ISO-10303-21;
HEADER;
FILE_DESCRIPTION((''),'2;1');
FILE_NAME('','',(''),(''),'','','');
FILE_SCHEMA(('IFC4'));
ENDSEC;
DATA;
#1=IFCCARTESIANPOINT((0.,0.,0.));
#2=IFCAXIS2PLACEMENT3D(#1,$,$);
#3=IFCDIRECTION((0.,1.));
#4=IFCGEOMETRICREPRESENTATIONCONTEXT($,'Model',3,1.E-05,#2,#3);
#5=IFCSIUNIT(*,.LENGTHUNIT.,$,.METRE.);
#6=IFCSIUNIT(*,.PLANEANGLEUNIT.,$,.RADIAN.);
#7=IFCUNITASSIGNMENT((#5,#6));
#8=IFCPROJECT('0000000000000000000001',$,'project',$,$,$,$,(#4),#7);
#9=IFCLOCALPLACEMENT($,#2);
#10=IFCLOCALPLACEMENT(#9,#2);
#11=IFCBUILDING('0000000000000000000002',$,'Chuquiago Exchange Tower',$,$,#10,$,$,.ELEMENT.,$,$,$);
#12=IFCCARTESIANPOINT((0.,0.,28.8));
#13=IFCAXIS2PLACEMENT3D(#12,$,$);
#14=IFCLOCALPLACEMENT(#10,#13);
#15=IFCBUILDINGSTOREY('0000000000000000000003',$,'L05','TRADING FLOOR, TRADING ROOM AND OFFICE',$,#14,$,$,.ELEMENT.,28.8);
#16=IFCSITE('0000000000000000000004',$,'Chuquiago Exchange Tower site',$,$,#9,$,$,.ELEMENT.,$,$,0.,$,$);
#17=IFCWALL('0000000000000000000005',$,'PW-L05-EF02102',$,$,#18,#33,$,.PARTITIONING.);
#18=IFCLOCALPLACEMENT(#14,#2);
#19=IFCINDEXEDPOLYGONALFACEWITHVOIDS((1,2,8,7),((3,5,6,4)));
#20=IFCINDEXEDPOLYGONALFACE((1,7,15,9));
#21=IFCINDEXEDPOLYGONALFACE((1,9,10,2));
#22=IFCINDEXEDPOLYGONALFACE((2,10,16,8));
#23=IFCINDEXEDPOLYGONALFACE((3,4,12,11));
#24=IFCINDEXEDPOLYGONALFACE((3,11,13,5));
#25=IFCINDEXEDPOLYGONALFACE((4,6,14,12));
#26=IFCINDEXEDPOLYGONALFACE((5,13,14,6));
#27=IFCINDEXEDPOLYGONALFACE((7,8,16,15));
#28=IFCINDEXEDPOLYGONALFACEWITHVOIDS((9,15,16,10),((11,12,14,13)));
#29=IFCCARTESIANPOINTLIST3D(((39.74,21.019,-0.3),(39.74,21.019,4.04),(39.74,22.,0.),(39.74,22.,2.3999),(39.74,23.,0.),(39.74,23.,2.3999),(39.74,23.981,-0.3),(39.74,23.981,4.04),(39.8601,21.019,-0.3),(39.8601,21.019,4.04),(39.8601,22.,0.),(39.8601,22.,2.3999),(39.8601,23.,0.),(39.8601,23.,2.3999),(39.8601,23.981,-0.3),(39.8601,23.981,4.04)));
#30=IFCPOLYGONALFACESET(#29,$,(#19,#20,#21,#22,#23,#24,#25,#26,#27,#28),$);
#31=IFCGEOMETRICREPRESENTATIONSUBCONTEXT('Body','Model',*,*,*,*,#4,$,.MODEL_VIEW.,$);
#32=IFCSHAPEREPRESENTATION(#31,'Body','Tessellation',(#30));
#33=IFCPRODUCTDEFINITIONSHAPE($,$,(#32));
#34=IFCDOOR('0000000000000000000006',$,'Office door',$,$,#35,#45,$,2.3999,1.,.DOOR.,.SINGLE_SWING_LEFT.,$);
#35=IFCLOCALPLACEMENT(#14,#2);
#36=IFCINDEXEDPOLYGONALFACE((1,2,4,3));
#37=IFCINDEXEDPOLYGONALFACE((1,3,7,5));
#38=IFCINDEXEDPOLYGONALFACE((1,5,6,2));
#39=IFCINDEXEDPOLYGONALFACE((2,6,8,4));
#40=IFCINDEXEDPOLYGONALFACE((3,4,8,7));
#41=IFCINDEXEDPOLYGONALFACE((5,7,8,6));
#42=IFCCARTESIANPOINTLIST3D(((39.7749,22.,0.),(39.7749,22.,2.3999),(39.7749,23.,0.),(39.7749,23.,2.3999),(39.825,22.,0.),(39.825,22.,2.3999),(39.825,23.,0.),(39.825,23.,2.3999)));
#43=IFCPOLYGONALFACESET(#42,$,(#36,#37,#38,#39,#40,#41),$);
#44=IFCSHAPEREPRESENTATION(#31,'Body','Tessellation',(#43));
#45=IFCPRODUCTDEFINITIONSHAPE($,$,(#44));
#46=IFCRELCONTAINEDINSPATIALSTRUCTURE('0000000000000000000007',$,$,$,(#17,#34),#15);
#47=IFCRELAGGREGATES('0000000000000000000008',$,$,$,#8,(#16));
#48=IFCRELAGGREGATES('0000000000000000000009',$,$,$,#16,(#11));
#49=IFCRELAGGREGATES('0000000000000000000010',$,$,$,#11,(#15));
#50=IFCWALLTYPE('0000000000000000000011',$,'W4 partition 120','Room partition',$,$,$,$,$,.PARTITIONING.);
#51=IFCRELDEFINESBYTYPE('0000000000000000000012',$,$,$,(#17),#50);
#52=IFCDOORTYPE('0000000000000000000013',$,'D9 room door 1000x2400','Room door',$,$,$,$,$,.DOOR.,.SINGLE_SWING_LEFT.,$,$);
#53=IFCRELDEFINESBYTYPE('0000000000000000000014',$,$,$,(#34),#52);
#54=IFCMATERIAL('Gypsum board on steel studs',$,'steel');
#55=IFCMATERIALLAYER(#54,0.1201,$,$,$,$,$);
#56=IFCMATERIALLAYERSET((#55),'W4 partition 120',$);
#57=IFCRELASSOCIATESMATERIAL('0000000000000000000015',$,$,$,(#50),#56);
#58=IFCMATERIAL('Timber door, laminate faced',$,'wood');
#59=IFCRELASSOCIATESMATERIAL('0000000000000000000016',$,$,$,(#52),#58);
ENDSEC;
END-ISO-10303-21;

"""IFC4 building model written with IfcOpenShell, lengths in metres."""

from ifc_helpers import new_model, si_unit, direction, frame, frame_2d, origin, place, context, subcontext, project, spatial, rectangle, extrude, material, layer, layer_set, type_object, element, fill, save


model = new_model("IFC4")

# Units and contexts
model_context = context("Model", 3, precision=1e-05, world=origin(), true_north=direction((0.0, 1.0)))
body_context = subcontext(model_context, "Body", "Model", "MODEL_VIEW")
ifc_project = project(units=[si_unit("LENGTHUNIT", "METRE"), si_unit("PLANEANGLEUNIT", "RADIAN")], contexts=[model_context])

# Site, building, storey
site_placement = place(None, origin())
site = spatial("IfcSite", under=ifc_project, at=site_placement, Name="Chuquiago Exchange Tower site", CompositionType="ELEMENT", RefElevation=0.0)
building_placement = place(site_placement, origin())
building = spatial("IfcBuilding", under=site, at=building_placement, Name="Chuquiago Exchange Tower", CompositionType="ELEMENT")
storey_placement = place(building_placement, frame((0.0, 0.0, 28.8)))
storey = spatial("IfcBuildingStorey", under=building, at=storey_placement, Name="L05", Description="TRADING FLOOR, TRADING ROOM AND OFFICE", CompositionType="ELEMENT", Elevation=28.8)

# Shared definitions
ifc_material_1 = material(Name="Gypsum board on steel studs", Category="steel")
ifc_layer_1 = layer(ifc_material_1, 0.1201)
ifc_layer_set_1 = layer_set([ifc_layer_1], Name="W4 partition 120")
wall_type_1 = type_object("IfcWallType", Name="W4 partition 120", Description="Room partition", PredefinedType="PARTITIONING", material=ifc_layer_set_1)

# Wall, opening, door
ifc_material_2 = material(Name="Timber door, laminate faced", Category="wood")
door_type = type_object("IfcDoorType", Name="D9 room door 1000x2400", Description="Room door", OperationType="SINGLE_SWING_LEFT", PredefinedType="DOOR", material=ifc_material_2)
wall_1_placement = place(storey_placement, frame((39.8, 21.019, -0.3), z_axis=(0.0, 0.0, 1.0), x_axis=(0.0, 1.0, 0.0)))
wall_1 = element("IfcWall", 1, at=wall_1_placement, inside=storey, type_object=wall_type_1, Name="PW-L05-EF02102", PredefinedType="PARTITIONING", context=body_context, shape_type="SweptSolid", body=[
    extrude(rectangle(XDim=2.9619, YDim=0.1201, at=frame_2d((1.481, 0.0))), origin(), (0.0, 0.0, 1.0), 4.3401),
])
opening_1_placement = place(wall_1_placement, frame((0.981, 0.0, 0.3)))
opening_1 = element("IfcOpeningElement", 2, at=opening_1_placement, cuts=wall_1, PredefinedType="OPENING", context=body_context, shape_type="SweptSolid", body=[
    extrude(rectangle(XDim=1.0, YDim=2.3999, at=frame_2d((0.5, 1.2))), frame((0.0, 0.0701, 0.0), z_axis=(0.0, -1.0, 0.0), x_axis=(1.0, 0.0, 0.0)), (0.0, 0.0, 1.0), 0.1401),
])
door_1_placement = place(opening_1_placement, frame((1.0, 0.0, 0.0), z_axis=(0.0, 0.0, 1.0), x_axis=(-1.0, 0.0, 0.0)))
door_1 = element("IfcDoor", 3, at=door_1_placement, inside=storey, type_object=door_type, Name="Office door", OperationType="SINGLE_SWING_LEFT", OverallHeight=2.3999, OverallWidth=1.0, PredefinedType="DOOR", context=body_context, shape_type="SweptSolid", body=[
    extrude(rectangle(XDim=1.0, YDim=2.3999, at=frame_2d((0.5, 1.2))), frame((0.0, 0.0249, 0.0), z_axis=(0.0, -1.0, 0.0), x_axis=(1.0, 0.0, 0.0)), (0.0, 0.0, 1.0), 0.05),
])
fill(opening_1, door_1)

save(model, "model.ifc")
